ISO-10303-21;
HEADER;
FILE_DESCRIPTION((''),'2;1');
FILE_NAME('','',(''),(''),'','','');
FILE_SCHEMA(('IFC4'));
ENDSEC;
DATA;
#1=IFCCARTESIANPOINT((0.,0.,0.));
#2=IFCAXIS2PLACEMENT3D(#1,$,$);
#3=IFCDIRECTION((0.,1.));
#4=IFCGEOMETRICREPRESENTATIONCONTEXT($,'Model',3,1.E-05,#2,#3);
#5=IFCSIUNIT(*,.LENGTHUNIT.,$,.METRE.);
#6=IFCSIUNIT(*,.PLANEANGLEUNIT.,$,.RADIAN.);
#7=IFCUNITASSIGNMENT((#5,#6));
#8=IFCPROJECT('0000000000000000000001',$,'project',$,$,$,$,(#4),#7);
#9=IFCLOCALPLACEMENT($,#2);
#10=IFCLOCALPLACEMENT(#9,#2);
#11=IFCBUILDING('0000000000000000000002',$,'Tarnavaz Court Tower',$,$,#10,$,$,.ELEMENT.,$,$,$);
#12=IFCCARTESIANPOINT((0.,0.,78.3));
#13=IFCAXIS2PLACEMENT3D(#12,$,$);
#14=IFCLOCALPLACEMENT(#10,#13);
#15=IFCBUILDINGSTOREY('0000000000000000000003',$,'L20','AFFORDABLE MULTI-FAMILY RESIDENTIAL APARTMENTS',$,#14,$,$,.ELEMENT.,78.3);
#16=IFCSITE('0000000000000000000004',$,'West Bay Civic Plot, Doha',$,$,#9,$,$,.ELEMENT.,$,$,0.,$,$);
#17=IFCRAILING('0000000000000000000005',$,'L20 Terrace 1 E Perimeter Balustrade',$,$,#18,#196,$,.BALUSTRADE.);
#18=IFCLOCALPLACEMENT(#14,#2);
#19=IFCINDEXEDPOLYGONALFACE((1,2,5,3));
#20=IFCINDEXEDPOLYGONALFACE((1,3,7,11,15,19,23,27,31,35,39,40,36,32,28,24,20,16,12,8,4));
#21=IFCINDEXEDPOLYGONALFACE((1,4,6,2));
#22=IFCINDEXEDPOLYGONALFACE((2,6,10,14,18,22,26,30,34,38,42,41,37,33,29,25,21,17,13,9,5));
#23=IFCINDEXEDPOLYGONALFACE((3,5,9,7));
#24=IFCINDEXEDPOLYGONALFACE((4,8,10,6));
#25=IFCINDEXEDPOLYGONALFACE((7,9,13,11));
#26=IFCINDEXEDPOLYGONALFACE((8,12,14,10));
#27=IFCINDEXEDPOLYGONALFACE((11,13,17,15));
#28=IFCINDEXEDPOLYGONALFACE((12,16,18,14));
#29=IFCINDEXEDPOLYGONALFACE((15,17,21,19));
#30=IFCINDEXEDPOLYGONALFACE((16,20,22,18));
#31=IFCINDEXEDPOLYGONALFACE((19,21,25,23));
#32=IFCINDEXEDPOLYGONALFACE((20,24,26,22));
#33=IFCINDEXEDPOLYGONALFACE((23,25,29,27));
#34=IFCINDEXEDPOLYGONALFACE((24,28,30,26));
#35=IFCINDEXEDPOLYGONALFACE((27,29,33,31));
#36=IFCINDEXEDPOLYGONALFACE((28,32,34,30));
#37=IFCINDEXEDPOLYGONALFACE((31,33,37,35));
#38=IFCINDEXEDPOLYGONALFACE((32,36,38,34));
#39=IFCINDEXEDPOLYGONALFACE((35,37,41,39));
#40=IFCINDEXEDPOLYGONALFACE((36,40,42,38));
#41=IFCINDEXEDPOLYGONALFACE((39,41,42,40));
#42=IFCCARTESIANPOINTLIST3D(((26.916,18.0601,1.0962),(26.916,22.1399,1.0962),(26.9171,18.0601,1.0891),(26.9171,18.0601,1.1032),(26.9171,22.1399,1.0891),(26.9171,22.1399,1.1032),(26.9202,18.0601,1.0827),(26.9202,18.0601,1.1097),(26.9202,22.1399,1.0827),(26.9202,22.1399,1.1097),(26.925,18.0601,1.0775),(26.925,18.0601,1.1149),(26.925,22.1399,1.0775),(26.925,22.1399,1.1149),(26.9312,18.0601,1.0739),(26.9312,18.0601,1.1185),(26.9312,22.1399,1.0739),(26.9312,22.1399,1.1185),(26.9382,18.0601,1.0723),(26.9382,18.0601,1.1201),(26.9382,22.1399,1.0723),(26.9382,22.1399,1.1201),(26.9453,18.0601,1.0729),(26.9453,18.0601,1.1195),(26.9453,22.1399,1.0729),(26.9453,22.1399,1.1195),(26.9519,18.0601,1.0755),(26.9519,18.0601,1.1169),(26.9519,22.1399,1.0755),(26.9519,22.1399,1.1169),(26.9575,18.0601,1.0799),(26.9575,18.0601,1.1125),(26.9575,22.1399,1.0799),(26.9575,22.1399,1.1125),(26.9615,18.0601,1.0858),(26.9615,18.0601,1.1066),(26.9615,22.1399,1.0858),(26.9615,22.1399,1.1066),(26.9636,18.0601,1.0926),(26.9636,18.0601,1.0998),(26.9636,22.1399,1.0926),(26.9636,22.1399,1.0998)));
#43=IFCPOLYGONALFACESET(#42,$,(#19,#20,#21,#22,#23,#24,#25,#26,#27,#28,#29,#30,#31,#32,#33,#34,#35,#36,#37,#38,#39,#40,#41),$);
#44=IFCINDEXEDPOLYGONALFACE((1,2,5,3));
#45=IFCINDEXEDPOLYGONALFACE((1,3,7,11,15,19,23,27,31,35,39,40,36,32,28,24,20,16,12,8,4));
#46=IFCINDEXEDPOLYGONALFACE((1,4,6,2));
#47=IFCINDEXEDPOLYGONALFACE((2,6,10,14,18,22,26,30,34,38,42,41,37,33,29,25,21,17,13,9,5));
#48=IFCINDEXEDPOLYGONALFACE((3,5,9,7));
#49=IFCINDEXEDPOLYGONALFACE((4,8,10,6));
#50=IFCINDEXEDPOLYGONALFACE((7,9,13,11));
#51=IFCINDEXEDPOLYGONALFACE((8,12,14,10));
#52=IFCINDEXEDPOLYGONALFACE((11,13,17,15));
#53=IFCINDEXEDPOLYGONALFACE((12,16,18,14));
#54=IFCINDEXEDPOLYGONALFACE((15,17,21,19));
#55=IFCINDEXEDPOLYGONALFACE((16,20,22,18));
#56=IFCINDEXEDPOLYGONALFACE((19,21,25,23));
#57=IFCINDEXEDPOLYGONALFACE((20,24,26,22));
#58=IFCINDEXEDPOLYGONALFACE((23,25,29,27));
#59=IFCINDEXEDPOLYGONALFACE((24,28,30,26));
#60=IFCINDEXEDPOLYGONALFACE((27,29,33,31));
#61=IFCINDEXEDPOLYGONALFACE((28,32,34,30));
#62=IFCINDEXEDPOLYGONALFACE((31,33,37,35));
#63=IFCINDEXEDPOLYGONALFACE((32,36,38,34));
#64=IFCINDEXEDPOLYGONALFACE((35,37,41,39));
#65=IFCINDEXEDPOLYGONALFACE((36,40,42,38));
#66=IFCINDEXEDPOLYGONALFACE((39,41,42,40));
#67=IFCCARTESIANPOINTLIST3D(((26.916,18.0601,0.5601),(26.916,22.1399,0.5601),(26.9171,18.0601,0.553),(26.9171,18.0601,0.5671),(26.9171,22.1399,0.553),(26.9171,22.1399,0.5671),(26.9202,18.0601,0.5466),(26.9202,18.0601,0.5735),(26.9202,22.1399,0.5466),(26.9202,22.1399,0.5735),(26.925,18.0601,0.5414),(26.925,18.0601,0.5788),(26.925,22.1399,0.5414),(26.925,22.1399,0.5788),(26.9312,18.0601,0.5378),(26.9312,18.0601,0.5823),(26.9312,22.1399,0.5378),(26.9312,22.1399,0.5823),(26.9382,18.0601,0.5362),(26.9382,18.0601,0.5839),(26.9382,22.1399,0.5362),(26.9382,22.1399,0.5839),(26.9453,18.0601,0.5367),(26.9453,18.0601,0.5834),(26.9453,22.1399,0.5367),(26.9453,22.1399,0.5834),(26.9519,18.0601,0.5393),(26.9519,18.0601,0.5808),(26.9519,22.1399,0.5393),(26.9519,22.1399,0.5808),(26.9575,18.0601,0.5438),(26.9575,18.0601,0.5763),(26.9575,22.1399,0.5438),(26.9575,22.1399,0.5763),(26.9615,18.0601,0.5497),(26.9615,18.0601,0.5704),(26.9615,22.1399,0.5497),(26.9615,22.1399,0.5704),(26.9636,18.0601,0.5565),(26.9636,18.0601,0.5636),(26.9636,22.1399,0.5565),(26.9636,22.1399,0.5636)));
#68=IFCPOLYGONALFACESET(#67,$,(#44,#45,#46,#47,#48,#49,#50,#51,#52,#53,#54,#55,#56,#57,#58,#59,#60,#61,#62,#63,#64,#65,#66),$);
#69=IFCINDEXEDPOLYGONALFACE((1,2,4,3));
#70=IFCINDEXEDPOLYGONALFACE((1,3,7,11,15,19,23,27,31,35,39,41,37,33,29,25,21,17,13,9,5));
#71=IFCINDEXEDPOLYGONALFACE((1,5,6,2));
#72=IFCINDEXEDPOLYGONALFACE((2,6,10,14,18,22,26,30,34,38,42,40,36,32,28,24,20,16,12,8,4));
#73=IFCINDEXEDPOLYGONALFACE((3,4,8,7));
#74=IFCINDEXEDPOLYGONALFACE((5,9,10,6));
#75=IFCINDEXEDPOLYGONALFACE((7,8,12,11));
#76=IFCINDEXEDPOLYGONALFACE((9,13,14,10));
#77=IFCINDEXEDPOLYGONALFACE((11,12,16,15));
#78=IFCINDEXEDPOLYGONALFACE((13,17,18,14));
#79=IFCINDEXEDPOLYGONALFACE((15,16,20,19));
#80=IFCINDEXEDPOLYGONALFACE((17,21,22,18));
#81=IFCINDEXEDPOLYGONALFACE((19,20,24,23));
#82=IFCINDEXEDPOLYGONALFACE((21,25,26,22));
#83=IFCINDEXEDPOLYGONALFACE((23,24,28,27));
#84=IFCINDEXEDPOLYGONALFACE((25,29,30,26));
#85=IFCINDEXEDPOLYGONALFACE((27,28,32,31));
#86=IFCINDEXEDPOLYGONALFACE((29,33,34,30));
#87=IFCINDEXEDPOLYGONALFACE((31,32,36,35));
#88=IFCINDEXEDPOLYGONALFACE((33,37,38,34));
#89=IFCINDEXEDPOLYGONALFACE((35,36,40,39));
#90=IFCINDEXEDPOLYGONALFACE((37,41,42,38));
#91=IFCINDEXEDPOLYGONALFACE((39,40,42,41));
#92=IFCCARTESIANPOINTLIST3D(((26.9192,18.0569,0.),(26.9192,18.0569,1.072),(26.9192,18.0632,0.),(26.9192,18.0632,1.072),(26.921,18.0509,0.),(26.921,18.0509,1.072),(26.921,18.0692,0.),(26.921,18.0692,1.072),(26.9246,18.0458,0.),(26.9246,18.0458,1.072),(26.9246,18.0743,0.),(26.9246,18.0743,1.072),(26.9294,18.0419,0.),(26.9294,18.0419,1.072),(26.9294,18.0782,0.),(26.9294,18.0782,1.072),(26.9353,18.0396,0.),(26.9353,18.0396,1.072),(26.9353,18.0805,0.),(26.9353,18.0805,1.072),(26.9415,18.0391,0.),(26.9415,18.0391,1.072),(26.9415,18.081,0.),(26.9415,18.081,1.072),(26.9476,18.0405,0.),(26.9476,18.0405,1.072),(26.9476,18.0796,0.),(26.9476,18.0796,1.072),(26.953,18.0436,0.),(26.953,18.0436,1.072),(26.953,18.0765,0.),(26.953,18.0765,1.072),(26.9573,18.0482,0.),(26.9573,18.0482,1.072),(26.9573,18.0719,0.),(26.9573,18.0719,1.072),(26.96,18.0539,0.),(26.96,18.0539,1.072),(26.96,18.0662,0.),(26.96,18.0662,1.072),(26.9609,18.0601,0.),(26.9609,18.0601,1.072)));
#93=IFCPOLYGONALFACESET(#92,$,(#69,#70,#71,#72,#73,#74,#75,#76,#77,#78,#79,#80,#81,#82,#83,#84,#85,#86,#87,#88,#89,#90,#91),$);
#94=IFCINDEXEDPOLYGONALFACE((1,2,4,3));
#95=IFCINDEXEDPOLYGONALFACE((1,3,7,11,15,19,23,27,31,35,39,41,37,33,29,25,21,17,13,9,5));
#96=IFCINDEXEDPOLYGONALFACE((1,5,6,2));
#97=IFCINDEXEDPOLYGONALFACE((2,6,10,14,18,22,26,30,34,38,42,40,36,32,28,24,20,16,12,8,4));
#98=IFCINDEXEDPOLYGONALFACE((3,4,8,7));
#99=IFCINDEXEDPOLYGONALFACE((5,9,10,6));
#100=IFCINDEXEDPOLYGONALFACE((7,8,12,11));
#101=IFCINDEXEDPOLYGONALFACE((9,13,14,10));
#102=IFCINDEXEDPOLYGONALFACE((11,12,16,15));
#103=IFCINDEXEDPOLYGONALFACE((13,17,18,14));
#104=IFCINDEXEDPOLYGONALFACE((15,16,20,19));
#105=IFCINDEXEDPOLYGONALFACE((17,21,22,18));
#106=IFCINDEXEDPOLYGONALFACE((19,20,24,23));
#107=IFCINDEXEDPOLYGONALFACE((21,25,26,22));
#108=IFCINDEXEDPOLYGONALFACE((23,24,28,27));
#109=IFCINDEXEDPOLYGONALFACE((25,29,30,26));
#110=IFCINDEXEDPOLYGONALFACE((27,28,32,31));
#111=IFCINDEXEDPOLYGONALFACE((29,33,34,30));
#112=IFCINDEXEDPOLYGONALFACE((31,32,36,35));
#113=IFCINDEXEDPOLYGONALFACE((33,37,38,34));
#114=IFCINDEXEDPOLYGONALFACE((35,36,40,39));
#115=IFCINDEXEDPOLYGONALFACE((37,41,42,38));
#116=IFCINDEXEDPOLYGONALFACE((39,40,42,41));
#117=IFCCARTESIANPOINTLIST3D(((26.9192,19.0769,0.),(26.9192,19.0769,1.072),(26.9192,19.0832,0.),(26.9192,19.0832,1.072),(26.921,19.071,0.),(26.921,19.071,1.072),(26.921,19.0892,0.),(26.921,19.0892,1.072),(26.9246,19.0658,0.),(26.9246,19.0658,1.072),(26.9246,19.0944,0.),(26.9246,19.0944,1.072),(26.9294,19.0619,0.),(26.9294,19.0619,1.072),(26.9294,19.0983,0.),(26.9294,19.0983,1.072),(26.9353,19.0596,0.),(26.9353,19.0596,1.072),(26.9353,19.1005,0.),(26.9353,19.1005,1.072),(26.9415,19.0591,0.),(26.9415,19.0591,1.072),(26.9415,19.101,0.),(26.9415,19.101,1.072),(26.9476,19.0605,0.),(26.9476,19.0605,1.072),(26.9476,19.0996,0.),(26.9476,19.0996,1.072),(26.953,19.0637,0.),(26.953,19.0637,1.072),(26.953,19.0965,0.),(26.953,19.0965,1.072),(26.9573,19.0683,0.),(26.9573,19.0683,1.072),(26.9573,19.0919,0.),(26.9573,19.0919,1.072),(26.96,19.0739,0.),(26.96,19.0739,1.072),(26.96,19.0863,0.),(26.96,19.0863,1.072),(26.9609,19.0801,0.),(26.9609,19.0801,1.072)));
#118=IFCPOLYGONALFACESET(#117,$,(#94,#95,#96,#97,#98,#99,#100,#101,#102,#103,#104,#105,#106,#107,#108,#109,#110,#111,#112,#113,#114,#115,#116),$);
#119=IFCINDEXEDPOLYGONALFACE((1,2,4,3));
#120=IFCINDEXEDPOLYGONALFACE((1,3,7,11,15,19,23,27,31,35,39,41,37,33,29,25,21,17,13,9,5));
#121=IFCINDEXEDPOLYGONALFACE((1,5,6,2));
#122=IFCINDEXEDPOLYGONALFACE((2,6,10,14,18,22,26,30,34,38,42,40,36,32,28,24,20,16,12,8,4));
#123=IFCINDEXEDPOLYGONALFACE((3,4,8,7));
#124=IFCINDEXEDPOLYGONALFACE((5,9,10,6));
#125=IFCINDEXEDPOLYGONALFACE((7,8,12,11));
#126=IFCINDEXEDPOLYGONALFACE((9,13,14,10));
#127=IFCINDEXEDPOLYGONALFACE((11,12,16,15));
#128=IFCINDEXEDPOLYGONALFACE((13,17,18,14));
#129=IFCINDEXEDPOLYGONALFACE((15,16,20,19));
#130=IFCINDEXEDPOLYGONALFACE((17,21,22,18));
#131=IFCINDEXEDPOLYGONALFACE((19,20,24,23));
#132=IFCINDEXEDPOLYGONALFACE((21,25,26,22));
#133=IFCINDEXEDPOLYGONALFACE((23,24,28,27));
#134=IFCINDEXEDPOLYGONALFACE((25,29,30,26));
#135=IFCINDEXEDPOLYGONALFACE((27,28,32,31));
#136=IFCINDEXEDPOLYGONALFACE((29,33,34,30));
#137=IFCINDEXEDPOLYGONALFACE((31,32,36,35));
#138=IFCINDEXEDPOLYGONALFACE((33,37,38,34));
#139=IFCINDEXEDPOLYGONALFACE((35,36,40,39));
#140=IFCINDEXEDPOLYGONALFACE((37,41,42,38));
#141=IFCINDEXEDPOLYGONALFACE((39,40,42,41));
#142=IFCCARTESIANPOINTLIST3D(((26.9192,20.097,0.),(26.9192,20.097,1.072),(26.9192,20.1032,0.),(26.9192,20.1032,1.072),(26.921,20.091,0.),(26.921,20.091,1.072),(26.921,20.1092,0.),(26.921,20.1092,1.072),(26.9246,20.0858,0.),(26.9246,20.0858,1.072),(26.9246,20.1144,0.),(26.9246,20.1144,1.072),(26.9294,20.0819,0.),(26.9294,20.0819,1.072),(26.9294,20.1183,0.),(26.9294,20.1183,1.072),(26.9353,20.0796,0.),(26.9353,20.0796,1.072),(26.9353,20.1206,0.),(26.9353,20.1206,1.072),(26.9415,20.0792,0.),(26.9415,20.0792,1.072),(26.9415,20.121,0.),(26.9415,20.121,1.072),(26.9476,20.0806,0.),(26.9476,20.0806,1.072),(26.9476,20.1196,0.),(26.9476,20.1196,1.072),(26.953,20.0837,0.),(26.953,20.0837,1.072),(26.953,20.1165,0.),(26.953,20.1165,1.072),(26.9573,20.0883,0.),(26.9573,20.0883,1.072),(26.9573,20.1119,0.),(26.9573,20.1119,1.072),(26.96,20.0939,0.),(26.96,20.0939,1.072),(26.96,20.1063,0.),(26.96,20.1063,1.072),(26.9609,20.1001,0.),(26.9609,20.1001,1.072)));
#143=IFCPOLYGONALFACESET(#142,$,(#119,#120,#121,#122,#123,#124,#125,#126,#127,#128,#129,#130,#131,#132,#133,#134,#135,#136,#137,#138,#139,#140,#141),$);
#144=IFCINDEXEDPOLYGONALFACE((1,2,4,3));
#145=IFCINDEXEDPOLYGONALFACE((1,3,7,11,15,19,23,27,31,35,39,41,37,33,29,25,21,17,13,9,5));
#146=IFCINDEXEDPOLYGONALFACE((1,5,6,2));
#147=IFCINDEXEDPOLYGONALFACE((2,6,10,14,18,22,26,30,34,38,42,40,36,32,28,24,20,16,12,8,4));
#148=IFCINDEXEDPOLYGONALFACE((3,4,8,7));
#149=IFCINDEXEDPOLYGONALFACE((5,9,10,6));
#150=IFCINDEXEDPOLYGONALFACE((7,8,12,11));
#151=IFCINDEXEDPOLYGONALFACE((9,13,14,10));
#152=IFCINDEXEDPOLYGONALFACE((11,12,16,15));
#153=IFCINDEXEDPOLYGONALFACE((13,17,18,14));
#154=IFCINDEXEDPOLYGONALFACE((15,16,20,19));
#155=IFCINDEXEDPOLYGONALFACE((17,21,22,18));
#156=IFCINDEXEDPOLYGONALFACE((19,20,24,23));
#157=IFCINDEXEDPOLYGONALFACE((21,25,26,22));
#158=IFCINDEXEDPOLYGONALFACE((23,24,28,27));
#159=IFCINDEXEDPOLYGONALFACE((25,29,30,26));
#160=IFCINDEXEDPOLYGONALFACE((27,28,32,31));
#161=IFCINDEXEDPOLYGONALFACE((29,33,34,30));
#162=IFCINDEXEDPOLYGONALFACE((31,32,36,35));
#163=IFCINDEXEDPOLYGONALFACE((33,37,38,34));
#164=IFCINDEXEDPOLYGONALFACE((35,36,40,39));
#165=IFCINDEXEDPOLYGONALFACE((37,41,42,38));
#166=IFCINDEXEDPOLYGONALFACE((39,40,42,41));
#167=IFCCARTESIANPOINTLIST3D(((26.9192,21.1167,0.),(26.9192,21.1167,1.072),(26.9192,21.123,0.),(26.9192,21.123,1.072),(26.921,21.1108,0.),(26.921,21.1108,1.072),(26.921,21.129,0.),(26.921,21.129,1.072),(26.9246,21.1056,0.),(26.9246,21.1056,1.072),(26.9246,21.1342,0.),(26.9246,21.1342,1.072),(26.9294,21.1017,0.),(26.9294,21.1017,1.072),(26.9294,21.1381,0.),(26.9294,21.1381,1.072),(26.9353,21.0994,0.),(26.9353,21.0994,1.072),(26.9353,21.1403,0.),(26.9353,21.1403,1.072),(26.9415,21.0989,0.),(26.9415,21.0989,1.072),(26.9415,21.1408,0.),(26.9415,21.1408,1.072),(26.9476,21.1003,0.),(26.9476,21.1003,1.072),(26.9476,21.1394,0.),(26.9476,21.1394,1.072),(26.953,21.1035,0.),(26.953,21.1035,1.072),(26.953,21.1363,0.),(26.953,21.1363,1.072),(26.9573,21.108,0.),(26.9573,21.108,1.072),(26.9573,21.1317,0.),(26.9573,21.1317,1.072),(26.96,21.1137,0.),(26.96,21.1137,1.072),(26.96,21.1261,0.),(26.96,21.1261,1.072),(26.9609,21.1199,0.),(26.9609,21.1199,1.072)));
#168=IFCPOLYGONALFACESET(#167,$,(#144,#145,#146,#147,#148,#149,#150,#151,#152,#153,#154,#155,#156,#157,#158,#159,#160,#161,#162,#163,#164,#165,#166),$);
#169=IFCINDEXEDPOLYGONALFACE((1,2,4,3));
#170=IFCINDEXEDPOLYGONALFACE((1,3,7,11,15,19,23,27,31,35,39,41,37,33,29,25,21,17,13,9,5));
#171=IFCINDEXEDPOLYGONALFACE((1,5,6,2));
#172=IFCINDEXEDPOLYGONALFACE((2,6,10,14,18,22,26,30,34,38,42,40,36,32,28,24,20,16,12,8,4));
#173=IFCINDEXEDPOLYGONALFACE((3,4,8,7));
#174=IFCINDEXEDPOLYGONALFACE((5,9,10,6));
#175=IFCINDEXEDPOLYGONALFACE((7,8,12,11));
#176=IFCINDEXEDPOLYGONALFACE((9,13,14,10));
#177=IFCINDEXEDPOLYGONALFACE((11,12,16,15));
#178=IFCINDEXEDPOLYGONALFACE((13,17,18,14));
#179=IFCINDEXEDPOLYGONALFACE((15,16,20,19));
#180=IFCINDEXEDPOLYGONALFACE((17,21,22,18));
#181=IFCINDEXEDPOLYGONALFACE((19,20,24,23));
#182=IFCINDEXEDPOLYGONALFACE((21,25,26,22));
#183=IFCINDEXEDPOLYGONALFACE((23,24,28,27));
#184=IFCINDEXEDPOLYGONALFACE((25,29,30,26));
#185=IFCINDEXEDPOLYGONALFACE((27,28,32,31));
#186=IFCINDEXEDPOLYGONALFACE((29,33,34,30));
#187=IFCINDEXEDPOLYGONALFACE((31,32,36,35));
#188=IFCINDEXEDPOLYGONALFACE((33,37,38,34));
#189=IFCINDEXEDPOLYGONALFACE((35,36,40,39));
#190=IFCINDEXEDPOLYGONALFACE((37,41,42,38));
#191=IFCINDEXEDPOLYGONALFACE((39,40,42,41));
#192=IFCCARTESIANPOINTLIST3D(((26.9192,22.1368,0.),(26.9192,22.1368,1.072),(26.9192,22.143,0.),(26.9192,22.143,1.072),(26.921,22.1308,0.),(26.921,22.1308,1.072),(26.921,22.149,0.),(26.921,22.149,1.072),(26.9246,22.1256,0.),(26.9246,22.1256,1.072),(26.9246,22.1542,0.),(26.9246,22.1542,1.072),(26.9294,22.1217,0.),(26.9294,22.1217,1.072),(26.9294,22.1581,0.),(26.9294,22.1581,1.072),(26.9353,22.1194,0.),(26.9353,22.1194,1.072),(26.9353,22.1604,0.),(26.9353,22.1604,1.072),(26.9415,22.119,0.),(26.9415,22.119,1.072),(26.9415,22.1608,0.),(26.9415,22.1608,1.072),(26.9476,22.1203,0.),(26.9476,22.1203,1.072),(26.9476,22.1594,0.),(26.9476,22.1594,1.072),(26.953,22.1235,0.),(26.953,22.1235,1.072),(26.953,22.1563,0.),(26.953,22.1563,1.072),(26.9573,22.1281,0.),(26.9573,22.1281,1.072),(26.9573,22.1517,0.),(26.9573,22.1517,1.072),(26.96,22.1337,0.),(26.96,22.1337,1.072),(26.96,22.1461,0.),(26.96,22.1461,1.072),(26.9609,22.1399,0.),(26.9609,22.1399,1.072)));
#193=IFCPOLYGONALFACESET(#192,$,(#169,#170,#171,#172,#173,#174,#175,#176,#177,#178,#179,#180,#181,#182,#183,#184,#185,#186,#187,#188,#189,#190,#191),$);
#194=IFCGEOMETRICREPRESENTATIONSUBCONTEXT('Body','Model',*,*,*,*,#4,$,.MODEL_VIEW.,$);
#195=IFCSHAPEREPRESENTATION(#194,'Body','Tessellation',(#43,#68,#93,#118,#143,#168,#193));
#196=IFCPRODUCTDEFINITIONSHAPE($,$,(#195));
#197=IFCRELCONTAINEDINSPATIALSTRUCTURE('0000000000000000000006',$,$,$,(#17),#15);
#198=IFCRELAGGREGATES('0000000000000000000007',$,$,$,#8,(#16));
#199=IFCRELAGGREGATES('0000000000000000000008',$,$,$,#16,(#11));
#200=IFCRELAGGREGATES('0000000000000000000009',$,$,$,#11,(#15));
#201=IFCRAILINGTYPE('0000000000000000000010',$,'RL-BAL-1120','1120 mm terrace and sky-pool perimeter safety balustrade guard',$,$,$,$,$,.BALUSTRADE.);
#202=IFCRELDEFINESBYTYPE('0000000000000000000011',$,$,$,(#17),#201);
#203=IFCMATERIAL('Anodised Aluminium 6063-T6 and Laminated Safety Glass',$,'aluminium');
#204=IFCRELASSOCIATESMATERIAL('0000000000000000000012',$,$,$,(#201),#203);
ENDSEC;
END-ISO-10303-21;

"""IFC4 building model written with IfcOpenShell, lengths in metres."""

from ifc_helpers import new_model, si_unit, direction, frame, origin, origin_2d, place, context, subcontext, project, spatial, circle, extrude, material, type_object, element, save


model = new_model("IFC4")

# Units and contexts
model_context = context("Model", 3, precision=1e-05, world=origin(), true_north=direction((0.0, 1.0)))
body_context = subcontext(model_context, "Body", "Model", "MODEL_VIEW")
ifc_project = project(units=[si_unit("LENGTHUNIT", "METRE"), si_unit("PLANEANGLEUNIT", "RADIAN")], contexts=[model_context])

# Site, building, storey
site_placement = place(None, origin())
site = spatial("IfcSite", under=ifc_project, at=site_placement, Name="West Bay Civic Plot, Doha", CompositionType="ELEMENT", RefElevation=0.0)
building_placement = place(site_placement, origin())
building = spatial("IfcBuilding", under=site, at=building_placement, Name="Tarnavaz Court Tower", CompositionType="ELEMENT")
storey_placement = place(building_placement, frame((0.0, 0.0, 78.3)))
storey = spatial("IfcBuildingStorey", under=building, at=storey_placement, Name="L20", Description="AFFORDABLE MULTI-FAMILY RESIDENTIAL APARTMENTS", CompositionType="ELEMENT", Elevation=78.3)

# Railing
ifc_material_1 = material(Name="Anodised Aluminium 6063-T6 and Laminated Safety Glass", Category="aluminium")
railing_type = type_object("IfcRailingType", Name="RL-BAL-1120", Description="1120 mm terrace and sky-pool perimeter safety balustrade guard", PredefinedType="BALUSTRADE", material=ifc_material_1)
railing_1_placement = place(storey_placement, frame((26.9399, 18.0601, 0.0)))
element("IfcRailing", 1, at=railing_1_placement, inside=storey, type_object=railing_type, Name="L20 Terrace 1 E Perimeter Balustrade", PredefinedType="BALUSTRADE", context=body_context, shape_type="SweptSolid", body=[
    extrude(circle(Radius=0.0239, at=origin_2d()), frame((0.0, 0.0, 1.0962), z_axis=(0.0, 1.0, 0.0), x_axis=(-1.0, 0.0, 0.0)), (0.0, 0.0, 1.0), 4.0798),
    extrude(circle(Radius=0.0239, at=origin_2d()), frame((0.0, 0.0, 0.5601), z_axis=(0.0, 1.0, 0.0), x_axis=(-1.0, 0.0, 0.0)), (0.0, 0.0, 1.0), 4.0798),
    extrude(circle(Radius=0.021, at=origin_2d()), origin(), (0.0, 0.0, 1.0), 1.072),
    extrude(circle(Radius=0.021, at=origin_2d()), frame((0.0, 1.02, 0.0)), (0.0, 0.0, 1.0), 1.072),
    extrude(circle(Radius=0.021, at=origin_2d()), frame((0.0, 2.04, 0.0)), (0.0, 0.0, 1.0), 1.072),
    extrude(circle(Radius=0.021, at=origin_2d()), frame((0.0, 3.0598, 0.0)), (0.0, 0.0, 1.0), 1.072),
    extrude(circle(Radius=0.021, at=origin_2d()), frame((0.0, 4.0798, 0.0)), (0.0, 0.0, 1.0), 1.072),
])

save(model, "model.ifc")
